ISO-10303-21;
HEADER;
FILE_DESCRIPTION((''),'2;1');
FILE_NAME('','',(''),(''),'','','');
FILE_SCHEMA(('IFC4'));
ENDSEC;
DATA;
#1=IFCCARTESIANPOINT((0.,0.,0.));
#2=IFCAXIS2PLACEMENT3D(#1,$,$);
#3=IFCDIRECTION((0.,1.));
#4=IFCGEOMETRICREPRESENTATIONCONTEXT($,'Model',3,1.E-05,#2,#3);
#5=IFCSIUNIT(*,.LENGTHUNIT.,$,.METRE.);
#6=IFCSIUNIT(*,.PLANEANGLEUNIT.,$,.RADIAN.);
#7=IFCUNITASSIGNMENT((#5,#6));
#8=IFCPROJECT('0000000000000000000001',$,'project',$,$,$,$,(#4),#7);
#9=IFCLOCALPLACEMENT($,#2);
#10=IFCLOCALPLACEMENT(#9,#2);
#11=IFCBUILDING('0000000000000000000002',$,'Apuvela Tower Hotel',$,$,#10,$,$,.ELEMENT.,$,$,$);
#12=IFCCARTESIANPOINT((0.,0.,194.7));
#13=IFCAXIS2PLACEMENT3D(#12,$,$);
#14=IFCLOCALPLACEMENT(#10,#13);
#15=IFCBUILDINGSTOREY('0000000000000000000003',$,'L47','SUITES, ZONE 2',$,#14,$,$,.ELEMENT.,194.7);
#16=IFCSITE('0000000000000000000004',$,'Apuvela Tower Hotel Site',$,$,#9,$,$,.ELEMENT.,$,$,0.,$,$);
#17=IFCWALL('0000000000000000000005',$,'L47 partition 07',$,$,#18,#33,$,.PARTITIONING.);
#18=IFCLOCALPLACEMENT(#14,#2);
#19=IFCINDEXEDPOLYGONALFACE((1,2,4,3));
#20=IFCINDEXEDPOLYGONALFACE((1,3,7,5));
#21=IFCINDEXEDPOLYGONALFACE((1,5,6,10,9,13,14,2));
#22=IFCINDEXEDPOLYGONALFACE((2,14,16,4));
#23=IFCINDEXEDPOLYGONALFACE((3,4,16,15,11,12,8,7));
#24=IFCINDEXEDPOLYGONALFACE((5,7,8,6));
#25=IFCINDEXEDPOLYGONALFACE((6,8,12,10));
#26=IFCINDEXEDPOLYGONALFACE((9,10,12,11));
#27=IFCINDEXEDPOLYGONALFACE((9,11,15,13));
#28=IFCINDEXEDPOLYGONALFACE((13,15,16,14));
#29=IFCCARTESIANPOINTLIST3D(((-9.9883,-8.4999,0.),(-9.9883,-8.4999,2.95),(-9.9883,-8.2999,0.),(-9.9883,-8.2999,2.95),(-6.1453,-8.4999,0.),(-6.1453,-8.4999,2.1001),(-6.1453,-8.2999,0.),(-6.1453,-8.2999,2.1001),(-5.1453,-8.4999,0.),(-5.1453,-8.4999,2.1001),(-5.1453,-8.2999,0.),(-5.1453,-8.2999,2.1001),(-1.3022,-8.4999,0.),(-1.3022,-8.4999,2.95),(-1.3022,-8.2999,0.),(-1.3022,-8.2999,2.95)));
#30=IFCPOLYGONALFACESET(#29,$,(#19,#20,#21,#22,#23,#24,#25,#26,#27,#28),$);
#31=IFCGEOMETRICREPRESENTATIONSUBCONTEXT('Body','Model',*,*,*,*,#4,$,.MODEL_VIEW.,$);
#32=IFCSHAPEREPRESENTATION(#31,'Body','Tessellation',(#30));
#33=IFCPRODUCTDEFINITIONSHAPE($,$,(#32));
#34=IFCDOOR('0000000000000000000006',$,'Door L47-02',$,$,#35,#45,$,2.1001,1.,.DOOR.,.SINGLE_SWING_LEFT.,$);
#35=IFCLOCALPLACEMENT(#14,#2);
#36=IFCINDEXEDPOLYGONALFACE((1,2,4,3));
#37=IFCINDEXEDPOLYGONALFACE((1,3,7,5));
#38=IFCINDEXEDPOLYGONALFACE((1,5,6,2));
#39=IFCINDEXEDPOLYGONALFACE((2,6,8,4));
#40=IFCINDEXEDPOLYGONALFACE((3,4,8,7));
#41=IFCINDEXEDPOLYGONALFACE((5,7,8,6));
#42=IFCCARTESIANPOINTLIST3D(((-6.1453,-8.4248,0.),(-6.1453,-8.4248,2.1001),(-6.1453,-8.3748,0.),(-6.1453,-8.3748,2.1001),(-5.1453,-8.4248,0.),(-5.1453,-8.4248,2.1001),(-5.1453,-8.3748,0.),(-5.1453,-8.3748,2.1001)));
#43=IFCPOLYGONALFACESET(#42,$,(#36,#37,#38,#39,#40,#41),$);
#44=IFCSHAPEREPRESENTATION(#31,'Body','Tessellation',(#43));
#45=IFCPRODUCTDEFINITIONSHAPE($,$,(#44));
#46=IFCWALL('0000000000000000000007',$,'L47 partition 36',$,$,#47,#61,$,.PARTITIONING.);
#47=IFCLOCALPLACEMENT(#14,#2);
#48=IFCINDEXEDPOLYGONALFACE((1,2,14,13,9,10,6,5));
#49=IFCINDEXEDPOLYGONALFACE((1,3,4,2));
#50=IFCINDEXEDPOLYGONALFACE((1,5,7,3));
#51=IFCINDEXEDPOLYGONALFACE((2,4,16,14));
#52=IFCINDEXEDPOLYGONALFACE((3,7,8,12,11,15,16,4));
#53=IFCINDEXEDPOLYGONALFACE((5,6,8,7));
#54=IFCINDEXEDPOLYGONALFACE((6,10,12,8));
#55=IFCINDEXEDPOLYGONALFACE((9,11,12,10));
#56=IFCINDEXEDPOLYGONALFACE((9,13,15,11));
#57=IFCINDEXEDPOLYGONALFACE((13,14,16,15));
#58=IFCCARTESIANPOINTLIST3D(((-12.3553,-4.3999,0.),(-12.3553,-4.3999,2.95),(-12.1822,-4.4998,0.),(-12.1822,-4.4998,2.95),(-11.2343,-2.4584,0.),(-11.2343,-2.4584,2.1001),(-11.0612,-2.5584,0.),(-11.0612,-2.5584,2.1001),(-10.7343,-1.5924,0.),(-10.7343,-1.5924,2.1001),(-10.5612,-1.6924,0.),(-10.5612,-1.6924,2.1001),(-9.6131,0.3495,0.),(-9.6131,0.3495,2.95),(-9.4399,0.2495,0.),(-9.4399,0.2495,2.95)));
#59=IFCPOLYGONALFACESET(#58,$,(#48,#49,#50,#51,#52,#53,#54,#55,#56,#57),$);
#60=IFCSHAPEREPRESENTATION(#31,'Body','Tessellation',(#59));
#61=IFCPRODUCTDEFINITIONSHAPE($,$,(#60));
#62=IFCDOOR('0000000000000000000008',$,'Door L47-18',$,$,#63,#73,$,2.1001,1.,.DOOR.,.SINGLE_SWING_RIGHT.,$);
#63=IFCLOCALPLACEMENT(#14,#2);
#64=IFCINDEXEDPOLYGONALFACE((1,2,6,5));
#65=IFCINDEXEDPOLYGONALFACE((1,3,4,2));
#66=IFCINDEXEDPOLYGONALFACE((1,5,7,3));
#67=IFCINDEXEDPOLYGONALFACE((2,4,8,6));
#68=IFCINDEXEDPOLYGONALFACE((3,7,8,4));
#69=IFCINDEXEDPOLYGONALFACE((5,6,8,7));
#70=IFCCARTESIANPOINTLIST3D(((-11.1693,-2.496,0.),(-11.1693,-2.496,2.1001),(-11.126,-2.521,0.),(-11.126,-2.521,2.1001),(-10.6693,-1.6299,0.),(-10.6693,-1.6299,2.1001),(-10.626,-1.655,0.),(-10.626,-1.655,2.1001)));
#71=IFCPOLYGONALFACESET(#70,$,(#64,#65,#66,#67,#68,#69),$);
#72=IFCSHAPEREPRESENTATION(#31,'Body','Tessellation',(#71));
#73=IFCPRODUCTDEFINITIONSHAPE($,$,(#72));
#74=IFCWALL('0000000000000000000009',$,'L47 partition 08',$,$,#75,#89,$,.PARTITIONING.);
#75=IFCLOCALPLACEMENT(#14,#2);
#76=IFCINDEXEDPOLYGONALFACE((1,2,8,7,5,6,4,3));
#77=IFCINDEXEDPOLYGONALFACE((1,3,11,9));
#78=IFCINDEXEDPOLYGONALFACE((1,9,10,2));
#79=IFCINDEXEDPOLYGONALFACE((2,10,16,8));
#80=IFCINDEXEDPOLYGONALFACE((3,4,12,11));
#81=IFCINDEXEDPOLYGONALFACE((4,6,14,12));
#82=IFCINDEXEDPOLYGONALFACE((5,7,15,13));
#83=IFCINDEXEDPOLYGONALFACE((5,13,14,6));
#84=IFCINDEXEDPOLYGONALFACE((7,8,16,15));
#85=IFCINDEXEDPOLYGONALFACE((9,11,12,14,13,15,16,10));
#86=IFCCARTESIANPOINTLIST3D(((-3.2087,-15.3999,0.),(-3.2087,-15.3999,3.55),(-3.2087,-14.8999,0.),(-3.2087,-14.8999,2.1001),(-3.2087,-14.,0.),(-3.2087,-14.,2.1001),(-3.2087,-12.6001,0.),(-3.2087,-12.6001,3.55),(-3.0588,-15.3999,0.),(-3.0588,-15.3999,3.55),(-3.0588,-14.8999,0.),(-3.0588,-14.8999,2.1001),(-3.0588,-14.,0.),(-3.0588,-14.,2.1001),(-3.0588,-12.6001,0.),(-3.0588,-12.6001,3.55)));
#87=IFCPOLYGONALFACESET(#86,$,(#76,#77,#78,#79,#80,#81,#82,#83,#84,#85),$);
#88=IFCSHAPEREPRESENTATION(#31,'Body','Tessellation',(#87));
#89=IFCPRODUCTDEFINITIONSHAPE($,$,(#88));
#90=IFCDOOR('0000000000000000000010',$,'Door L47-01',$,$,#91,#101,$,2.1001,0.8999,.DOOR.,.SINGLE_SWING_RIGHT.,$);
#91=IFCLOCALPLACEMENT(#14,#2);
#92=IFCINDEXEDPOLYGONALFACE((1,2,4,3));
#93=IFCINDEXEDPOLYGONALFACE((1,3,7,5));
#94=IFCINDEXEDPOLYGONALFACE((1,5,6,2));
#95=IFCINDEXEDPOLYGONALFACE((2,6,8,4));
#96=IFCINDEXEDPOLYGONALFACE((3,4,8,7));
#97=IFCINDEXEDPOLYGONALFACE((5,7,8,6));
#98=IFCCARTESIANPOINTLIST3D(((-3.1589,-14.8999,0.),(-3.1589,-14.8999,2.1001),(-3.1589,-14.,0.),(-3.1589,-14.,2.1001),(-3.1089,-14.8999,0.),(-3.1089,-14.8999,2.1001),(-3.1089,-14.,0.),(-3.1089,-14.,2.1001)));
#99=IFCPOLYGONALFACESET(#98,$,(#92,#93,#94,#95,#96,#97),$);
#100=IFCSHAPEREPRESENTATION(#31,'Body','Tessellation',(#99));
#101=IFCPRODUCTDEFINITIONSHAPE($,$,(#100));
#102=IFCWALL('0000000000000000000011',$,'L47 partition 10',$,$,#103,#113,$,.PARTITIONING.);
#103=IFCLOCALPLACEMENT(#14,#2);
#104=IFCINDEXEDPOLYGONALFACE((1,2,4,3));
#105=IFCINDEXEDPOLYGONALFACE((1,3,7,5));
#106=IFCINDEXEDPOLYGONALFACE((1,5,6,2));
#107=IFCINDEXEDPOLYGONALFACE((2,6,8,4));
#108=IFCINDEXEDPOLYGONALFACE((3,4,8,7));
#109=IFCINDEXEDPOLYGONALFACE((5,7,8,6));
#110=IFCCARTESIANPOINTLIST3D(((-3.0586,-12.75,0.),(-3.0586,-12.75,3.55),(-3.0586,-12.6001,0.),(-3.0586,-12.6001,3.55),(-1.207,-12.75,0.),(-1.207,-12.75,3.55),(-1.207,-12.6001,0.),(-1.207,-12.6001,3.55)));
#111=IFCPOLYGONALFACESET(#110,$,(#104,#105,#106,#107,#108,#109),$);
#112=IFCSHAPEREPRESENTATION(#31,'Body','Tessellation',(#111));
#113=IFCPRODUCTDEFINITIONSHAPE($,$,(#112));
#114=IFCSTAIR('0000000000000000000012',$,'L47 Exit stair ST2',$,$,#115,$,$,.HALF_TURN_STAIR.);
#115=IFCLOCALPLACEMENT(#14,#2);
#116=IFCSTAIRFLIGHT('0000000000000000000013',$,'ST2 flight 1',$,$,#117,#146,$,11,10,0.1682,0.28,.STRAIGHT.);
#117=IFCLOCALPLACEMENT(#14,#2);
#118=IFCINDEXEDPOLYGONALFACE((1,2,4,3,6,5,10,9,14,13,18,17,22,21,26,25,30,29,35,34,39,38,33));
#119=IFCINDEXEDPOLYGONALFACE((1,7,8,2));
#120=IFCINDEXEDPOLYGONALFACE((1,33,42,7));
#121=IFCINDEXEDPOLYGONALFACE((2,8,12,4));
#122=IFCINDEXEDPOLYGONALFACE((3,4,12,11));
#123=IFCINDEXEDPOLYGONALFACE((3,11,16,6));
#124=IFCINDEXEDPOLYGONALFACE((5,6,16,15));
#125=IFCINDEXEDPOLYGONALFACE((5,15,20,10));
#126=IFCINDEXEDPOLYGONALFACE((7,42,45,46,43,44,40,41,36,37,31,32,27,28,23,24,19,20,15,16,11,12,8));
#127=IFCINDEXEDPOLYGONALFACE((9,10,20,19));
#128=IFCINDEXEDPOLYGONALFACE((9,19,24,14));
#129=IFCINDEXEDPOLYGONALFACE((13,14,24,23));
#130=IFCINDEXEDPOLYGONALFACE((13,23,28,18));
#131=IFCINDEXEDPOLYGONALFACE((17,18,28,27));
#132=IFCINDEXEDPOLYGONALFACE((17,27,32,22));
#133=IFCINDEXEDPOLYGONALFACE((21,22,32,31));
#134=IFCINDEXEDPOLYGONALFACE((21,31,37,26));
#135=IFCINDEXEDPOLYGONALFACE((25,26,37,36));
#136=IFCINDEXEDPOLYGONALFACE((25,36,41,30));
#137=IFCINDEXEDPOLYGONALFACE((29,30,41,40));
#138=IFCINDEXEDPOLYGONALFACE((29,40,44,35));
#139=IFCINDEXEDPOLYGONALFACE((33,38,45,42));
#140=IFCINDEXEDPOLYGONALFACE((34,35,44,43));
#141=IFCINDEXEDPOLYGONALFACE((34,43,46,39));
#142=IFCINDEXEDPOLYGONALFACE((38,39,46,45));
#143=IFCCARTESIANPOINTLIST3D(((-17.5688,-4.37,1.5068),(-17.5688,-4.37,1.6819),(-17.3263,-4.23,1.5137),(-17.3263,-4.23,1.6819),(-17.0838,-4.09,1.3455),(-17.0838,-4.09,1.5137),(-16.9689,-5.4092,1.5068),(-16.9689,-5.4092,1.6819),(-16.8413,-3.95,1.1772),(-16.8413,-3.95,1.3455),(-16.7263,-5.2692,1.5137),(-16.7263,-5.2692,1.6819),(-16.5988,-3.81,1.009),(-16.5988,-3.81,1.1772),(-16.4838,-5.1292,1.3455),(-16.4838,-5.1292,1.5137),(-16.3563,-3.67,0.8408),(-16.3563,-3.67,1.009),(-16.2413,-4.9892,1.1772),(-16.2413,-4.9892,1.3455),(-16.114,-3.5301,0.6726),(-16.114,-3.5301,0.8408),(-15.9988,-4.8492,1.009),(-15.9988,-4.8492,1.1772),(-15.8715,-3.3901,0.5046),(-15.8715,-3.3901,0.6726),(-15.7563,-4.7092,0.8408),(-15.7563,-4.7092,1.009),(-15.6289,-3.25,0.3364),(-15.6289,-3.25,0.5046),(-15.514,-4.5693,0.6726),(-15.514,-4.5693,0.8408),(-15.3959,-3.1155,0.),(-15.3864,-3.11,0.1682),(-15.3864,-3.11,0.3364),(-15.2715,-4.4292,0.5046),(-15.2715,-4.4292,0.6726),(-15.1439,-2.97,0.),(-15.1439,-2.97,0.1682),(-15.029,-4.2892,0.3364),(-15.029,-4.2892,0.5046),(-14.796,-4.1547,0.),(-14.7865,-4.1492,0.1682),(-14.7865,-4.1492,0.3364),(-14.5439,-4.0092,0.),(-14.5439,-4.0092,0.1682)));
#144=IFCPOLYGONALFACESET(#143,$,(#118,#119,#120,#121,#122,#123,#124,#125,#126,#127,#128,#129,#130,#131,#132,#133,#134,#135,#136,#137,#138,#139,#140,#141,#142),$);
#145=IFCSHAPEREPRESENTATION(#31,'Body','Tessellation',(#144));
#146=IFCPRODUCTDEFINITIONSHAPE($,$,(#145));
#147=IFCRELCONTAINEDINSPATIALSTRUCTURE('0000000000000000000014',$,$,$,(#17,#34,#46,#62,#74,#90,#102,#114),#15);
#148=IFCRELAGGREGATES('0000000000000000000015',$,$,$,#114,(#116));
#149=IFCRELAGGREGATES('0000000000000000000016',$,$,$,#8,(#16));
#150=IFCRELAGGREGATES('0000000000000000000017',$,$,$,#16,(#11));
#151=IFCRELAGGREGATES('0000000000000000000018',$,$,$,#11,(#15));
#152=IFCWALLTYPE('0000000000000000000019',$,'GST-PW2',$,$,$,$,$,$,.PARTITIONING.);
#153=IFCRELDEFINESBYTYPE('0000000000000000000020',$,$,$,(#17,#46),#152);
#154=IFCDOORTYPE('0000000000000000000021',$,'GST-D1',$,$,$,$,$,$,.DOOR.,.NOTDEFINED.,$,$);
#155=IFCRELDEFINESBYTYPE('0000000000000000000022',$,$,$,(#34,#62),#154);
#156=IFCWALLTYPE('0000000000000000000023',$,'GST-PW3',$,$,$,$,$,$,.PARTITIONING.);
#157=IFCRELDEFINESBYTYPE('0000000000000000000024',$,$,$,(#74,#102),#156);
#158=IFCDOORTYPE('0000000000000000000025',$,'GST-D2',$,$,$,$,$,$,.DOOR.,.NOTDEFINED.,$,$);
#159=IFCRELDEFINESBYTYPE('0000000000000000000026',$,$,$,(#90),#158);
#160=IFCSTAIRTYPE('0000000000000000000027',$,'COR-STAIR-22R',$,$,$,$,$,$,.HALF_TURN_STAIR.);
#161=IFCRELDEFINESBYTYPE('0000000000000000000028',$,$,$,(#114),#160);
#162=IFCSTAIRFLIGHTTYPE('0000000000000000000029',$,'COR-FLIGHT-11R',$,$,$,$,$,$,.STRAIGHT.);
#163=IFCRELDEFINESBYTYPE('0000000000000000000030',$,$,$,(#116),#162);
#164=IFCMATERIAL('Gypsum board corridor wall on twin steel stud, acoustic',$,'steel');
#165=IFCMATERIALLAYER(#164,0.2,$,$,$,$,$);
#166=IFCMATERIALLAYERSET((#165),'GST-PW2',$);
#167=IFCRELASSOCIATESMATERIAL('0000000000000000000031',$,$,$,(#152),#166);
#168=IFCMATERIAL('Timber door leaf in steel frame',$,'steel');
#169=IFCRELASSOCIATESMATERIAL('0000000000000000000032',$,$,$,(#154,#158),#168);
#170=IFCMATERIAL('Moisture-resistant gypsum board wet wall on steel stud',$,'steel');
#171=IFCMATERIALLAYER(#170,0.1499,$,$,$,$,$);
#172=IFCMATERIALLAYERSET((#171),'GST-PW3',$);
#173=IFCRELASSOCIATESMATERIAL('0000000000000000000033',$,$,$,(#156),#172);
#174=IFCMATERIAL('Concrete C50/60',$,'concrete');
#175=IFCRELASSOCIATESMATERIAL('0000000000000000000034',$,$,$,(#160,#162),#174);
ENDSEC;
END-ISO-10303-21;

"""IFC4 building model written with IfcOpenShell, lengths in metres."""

from ifc_helpers import new_model, si_unit, direction, frame, frame_2d, origin, place, context, subcontext, project, spatial, polyline, rectangle, outline, extrude, material, layer, layer_set, type_object, element, fill, aggregate, save


model = new_model("IFC4")

# Units and contexts
model_context = context("Model", 3, precision=1e-05, world=origin(), true_north=direction((0.0, 1.0)))
body_context = subcontext(model_context, "Body", "Model", "MODEL_VIEW")
ifc_project = project(units=[si_unit("LENGTHUNIT", "METRE"), si_unit("PLANEANGLEUNIT", "RADIAN")], contexts=[model_context])

# Site, building, storey
site_placement = place(None, origin())
site = spatial("IfcSite", under=ifc_project, at=site_placement, Name="Apuvela Tower Hotel Site", CompositionType="ELEMENT", RefElevation=0.0)
building_placement = place(site_placement, origin())
building = spatial("IfcBuilding", under=site, at=building_placement, Name="Apuvela Tower Hotel", CompositionType="ELEMENT")
storey_placement = place(building_placement, frame((0.0, 0.0, 194.7)))
storey = spatial("IfcBuildingStorey", under=building, at=storey_placement, Name="L47", Description="SUITES, ZONE 2", CompositionType="ELEMENT", Elevation=194.7)

# Shared definitions
ifc_material_1 = material(Name="Concrete C50/60", Category="concrete")

# Walls, openings, doors
ifc_material_2 = material(Name="Gypsum board corridor wall on twin steel stud, acoustic", Category="steel")
ifc_layer_1 = layer(ifc_material_2, 0.2)
ifc_layer_set_1 = layer_set([ifc_layer_1], Name="GST-PW2")
wall_type_1 = type_object("IfcWallType", Name="GST-PW2", PredefinedType="PARTITIONING", material=ifc_layer_set_1)
wall_1_placement = place(storey_placement, frame((-1.3022, -8.3999, 0.0), z_axis=(0.0, 0.0, 1.0), x_axis=(-1.0, 0.0, 0.0)))
wall_1 = element("IfcWall", 1, at=wall_1_placement, inside=storey, type_object=wall_type_1, Name="L47 partition 07", PredefinedType="PARTITIONING", context=body_context, shape_type="SweptSolid", body=[
    extrude(rectangle(XDim=8.686, YDim=0.2, at=frame_2d((4.343, 0.0))), origin(), (0.0, 0.0, 1.0), 2.95),
])
opening_1_placement = place(wall_1_placement, frame((3.843, 0.0, 0.0)))
opening_1 = element("IfcOpeningElement", 2, at=opening_1_placement, cuts=wall_1, PredefinedType="OPENING", context=body_context, shape_type="SweptSolid", body=[
    extrude(rectangle(XDim=1.0, YDim=2.1001, at=frame_2d((0.5, 1.05))), frame((0.0, 0.1099, 0.0), z_axis=(0.0, -1.0, 0.0), x_axis=(1.0, 0.0, 0.0)), (0.0, 0.0, 1.0), 0.22),
])
ifc_material_3 = material(Name="Timber door leaf in steel frame", Category="steel")
door_type_1 = type_object("IfcDoorType", Name="GST-D1", OperationType="NOTDEFINED", PredefinedType="DOOR", material=ifc_material_3)
door_1_placement = place(opening_1_placement, origin())
door_1 = element("IfcDoor", 3, at=door_1_placement, inside=storey, type_object=door_type_1, Name="Door L47-02", OperationType="SINGLE_SWING_LEFT", OverallHeight=2.1001, OverallWidth=1.0, PredefinedType="DOOR", context=body_context, shape_type="SweptSolid", body=[
    extrude(rectangle(XDim=1.0, YDim=2.1001, at=frame_2d((0.5, 1.05))), frame((0.0, 0.0249, 0.0), z_axis=(0.0, -1.0, 0.0), x_axis=(1.0, 0.0, 0.0)), (0.0, 0.0, 1.0), 0.05),
])
fill(opening_1, door_1)
wall_2_placement = place(storey_placement, frame((-12.2688, -4.45, 0.0), z_axis=(0.0, 0.0, 1.0), x_axis=(0.500027, 0.86601, 0.0)))
wall_2 = element("IfcWall", 4, at=wall_2_placement, inside=storey, type_object=wall_type_1, Name="L47 partition 36", PredefinedType="PARTITIONING", context=body_context, shape_type="SweptSolid", body=[
    extrude(rectangle(XDim=5.4841, YDim=0.2, at=frame_2d((2.7422, 0.0))), origin(), (0.0, 0.0, 1.0), 2.95),
])
opening_2_placement = place(wall_2_placement, frame((2.2419, 0.0, 0.0)))
opening_2 = element("IfcOpeningElement", 5, at=opening_2_placement, cuts=wall_2, PredefinedType="OPENING", context=body_context, shape_type="SweptSolid", body=[
    extrude(rectangle(XDim=1.0, YDim=2.1001, at=frame_2d((0.5, 1.05))), frame((0.0, 0.1099, 0.0), z_axis=(0.0, -1.0, 0.0), x_axis=(1.0, 0.0, 0.0)), (0.0, 0.0, 1.0), 0.22),
])
door_2_placement = place(opening_2_placement, origin())
door_2 = element("IfcDoor", 6, at=door_2_placement, inside=storey, type_object=door_type_1, Name="Door L47-18", OperationType="SINGLE_SWING_RIGHT", OverallHeight=2.1001, OverallWidth=1.0, PredefinedType="DOOR", context=body_context, shape_type="SweptSolid", body=[
    extrude(rectangle(XDim=1.0, YDim=2.1001, at=frame_2d((0.5, 1.05))), frame((0.0, 0.0249, 0.0), z_axis=(0.0, -1.0, 0.0), x_axis=(1.0, 0.0, 0.0)), (0.0, 0.0, 1.0), 0.05),
])
fill(opening_2, door_2)
ifc_material_4 = material(Name="Moisture-resistant gypsum board wet wall on steel stud", Category="steel")
ifc_layer_2 = layer(ifc_material_4, 0.1499)
ifc_layer_set_2 = layer_set([ifc_layer_2], Name="GST-PW3")
wall_type_2 = type_object("IfcWallType", Name="GST-PW3", PredefinedType="PARTITIONING", material=ifc_layer_set_2)
wall_3_placement = place(storey_placement, frame((-3.1338, -12.6001, 0.0), z_axis=(0.0, 0.0, 1.0), x_axis=(0.0, -1.0, 0.0)))
wall_3 = element("IfcWall", 7, at=wall_3_placement, inside=storey, type_object=wall_type_2, Name="L47 partition 08", PredefinedType="PARTITIONING", context=body_context, shape_type="SweptSolid", body=[
    extrude(rectangle(XDim=2.7998, YDim=0.1499, at=frame_2d((1.3999, 0.0))), origin(), (0.0, 0.0, 1.0), 3.55),
])
opening_3_placement = place(wall_3_placement, frame((1.3999, 0.0, 0.0)))
opening_3 = element("IfcOpeningElement", 8, at=opening_3_placement, cuts=wall_3, PredefinedType="OPENING", context=body_context, shape_type="SweptSolid", body=[
    extrude(rectangle(XDim=0.8999, YDim=2.1001, at=frame_2d((0.45, 1.05))), frame((0.0, 0.085, 0.0), z_axis=(0.0, -1.0, 0.0), x_axis=(1.0, 0.0, 0.0)), (0.0, 0.0, 1.0), 0.1699),
])
door_type_2 = type_object("IfcDoorType", Name="GST-D2", OperationType="NOTDEFINED", PredefinedType="DOOR", material=ifc_material_3)
door_3_placement = place(opening_3_placement, origin())
door_3 = element("IfcDoor", 9, at=door_3_placement, inside=storey, type_object=door_type_2, Name="Door L47-01", OperationType="SINGLE_SWING_RIGHT", OverallHeight=2.1001, OverallWidth=0.8999, PredefinedType="DOOR", context=body_context, shape_type="SweptSolid", body=[
    extrude(rectangle(XDim=0.8999, YDim=2.1001, at=frame_2d((0.45, 1.05))), frame((0.0, 0.0249, 0.0), z_axis=(0.0, -1.0, 0.0), x_axis=(1.0, 0.0, 0.0)), (0.0, 0.0, 1.0), 0.05),
])
fill(opening_3, door_3)

# Wall
wall_4_placement = place(storey_placement, frame((-3.0586, -12.675, 0.0), z_axis=(0.0, 0.0, 1.0), x_axis=(1.0, 0.0, 0.0)))
element("IfcWall", 10, at=wall_4_placement, inside=storey, type_object=wall_type_2, Name="L47 partition 10", PredefinedType="PARTITIONING", context=body_context, shape_type="SweptSolid", body=[
    extrude(rectangle(XDim=1.8516, YDim=0.1499, at=frame_2d((0.9258, 0.0))), origin(), (0.0, 0.0, 1.0), 3.55),
])

# Stair, stair flight
stair_type = type_object("IfcStairType", Name="COR-STAIR-22R", PredefinedType="HALF_TURN_STAIR", material=ifc_material_1)
stair_placement = place(storey_placement, origin())
stair = element("IfcStair", 11, at=stair_placement, inside=storey, type_object=stair_type, Name="L47 Exit stair ST2", PredefinedType="HALF_TURN_STAIR")
stair_flight_type = type_object("IfcStairFlightType", Name="COR-FLIGHT-11R", PredefinedType="STRAIGHT", material=ifc_material_1)
stair_flight_placement = place(storey_placement, frame((-14.844, -3.4895, 0.0), z_axis=(0.0, 0.0, 1.0), x_axis=(-0.866025, -0.5, 0.0)))
stair_flight = element("IfcStairFlight", 12, at=stair_flight_placement, type_object=stair_flight_type, Name="ST2 flight 1", NumberOfRisers=11, NumberOfTreads=10, PredefinedType="STRAIGHT", RiserHeight=0.1682, TreadLength=0.28, context=body_context, shape_type="SweptSolid", body=[
    extrude(outline(polyline([(0.0, 0.0), (0.0, 0.1682), (0.28, 0.1682), (0.28, 0.3364), (0.5601, 0.3364), (0.5601, 0.5046), (0.8401, 0.5046), (0.8401, 0.6726), (1.1201, 0.6726), (1.1201, 0.8408), (1.3999, 0.8408), (1.3999, 1.009), (1.6799, 1.009), (1.6799, 1.1772), (1.96, 1.1772), (1.96, 1.3455), (2.24, 1.3455), (2.24, 1.5137), (2.52, 1.5137), (2.52, 1.6819), (2.8, 1.6819), (2.8, 1.8501), (2.8, 1.5068), (0.291, 0.0), (0.0, 0.0)])), frame((0.0, 0.6001, 0.0), z_axis=(0.0, -1.0, 0.0), x_axis=(1.0, 0.0, 0.0)), (0.0, 0.0, 1.0), 1.2),
])
aggregate(stair, [stair_flight])

save(model, "model.ifc")
